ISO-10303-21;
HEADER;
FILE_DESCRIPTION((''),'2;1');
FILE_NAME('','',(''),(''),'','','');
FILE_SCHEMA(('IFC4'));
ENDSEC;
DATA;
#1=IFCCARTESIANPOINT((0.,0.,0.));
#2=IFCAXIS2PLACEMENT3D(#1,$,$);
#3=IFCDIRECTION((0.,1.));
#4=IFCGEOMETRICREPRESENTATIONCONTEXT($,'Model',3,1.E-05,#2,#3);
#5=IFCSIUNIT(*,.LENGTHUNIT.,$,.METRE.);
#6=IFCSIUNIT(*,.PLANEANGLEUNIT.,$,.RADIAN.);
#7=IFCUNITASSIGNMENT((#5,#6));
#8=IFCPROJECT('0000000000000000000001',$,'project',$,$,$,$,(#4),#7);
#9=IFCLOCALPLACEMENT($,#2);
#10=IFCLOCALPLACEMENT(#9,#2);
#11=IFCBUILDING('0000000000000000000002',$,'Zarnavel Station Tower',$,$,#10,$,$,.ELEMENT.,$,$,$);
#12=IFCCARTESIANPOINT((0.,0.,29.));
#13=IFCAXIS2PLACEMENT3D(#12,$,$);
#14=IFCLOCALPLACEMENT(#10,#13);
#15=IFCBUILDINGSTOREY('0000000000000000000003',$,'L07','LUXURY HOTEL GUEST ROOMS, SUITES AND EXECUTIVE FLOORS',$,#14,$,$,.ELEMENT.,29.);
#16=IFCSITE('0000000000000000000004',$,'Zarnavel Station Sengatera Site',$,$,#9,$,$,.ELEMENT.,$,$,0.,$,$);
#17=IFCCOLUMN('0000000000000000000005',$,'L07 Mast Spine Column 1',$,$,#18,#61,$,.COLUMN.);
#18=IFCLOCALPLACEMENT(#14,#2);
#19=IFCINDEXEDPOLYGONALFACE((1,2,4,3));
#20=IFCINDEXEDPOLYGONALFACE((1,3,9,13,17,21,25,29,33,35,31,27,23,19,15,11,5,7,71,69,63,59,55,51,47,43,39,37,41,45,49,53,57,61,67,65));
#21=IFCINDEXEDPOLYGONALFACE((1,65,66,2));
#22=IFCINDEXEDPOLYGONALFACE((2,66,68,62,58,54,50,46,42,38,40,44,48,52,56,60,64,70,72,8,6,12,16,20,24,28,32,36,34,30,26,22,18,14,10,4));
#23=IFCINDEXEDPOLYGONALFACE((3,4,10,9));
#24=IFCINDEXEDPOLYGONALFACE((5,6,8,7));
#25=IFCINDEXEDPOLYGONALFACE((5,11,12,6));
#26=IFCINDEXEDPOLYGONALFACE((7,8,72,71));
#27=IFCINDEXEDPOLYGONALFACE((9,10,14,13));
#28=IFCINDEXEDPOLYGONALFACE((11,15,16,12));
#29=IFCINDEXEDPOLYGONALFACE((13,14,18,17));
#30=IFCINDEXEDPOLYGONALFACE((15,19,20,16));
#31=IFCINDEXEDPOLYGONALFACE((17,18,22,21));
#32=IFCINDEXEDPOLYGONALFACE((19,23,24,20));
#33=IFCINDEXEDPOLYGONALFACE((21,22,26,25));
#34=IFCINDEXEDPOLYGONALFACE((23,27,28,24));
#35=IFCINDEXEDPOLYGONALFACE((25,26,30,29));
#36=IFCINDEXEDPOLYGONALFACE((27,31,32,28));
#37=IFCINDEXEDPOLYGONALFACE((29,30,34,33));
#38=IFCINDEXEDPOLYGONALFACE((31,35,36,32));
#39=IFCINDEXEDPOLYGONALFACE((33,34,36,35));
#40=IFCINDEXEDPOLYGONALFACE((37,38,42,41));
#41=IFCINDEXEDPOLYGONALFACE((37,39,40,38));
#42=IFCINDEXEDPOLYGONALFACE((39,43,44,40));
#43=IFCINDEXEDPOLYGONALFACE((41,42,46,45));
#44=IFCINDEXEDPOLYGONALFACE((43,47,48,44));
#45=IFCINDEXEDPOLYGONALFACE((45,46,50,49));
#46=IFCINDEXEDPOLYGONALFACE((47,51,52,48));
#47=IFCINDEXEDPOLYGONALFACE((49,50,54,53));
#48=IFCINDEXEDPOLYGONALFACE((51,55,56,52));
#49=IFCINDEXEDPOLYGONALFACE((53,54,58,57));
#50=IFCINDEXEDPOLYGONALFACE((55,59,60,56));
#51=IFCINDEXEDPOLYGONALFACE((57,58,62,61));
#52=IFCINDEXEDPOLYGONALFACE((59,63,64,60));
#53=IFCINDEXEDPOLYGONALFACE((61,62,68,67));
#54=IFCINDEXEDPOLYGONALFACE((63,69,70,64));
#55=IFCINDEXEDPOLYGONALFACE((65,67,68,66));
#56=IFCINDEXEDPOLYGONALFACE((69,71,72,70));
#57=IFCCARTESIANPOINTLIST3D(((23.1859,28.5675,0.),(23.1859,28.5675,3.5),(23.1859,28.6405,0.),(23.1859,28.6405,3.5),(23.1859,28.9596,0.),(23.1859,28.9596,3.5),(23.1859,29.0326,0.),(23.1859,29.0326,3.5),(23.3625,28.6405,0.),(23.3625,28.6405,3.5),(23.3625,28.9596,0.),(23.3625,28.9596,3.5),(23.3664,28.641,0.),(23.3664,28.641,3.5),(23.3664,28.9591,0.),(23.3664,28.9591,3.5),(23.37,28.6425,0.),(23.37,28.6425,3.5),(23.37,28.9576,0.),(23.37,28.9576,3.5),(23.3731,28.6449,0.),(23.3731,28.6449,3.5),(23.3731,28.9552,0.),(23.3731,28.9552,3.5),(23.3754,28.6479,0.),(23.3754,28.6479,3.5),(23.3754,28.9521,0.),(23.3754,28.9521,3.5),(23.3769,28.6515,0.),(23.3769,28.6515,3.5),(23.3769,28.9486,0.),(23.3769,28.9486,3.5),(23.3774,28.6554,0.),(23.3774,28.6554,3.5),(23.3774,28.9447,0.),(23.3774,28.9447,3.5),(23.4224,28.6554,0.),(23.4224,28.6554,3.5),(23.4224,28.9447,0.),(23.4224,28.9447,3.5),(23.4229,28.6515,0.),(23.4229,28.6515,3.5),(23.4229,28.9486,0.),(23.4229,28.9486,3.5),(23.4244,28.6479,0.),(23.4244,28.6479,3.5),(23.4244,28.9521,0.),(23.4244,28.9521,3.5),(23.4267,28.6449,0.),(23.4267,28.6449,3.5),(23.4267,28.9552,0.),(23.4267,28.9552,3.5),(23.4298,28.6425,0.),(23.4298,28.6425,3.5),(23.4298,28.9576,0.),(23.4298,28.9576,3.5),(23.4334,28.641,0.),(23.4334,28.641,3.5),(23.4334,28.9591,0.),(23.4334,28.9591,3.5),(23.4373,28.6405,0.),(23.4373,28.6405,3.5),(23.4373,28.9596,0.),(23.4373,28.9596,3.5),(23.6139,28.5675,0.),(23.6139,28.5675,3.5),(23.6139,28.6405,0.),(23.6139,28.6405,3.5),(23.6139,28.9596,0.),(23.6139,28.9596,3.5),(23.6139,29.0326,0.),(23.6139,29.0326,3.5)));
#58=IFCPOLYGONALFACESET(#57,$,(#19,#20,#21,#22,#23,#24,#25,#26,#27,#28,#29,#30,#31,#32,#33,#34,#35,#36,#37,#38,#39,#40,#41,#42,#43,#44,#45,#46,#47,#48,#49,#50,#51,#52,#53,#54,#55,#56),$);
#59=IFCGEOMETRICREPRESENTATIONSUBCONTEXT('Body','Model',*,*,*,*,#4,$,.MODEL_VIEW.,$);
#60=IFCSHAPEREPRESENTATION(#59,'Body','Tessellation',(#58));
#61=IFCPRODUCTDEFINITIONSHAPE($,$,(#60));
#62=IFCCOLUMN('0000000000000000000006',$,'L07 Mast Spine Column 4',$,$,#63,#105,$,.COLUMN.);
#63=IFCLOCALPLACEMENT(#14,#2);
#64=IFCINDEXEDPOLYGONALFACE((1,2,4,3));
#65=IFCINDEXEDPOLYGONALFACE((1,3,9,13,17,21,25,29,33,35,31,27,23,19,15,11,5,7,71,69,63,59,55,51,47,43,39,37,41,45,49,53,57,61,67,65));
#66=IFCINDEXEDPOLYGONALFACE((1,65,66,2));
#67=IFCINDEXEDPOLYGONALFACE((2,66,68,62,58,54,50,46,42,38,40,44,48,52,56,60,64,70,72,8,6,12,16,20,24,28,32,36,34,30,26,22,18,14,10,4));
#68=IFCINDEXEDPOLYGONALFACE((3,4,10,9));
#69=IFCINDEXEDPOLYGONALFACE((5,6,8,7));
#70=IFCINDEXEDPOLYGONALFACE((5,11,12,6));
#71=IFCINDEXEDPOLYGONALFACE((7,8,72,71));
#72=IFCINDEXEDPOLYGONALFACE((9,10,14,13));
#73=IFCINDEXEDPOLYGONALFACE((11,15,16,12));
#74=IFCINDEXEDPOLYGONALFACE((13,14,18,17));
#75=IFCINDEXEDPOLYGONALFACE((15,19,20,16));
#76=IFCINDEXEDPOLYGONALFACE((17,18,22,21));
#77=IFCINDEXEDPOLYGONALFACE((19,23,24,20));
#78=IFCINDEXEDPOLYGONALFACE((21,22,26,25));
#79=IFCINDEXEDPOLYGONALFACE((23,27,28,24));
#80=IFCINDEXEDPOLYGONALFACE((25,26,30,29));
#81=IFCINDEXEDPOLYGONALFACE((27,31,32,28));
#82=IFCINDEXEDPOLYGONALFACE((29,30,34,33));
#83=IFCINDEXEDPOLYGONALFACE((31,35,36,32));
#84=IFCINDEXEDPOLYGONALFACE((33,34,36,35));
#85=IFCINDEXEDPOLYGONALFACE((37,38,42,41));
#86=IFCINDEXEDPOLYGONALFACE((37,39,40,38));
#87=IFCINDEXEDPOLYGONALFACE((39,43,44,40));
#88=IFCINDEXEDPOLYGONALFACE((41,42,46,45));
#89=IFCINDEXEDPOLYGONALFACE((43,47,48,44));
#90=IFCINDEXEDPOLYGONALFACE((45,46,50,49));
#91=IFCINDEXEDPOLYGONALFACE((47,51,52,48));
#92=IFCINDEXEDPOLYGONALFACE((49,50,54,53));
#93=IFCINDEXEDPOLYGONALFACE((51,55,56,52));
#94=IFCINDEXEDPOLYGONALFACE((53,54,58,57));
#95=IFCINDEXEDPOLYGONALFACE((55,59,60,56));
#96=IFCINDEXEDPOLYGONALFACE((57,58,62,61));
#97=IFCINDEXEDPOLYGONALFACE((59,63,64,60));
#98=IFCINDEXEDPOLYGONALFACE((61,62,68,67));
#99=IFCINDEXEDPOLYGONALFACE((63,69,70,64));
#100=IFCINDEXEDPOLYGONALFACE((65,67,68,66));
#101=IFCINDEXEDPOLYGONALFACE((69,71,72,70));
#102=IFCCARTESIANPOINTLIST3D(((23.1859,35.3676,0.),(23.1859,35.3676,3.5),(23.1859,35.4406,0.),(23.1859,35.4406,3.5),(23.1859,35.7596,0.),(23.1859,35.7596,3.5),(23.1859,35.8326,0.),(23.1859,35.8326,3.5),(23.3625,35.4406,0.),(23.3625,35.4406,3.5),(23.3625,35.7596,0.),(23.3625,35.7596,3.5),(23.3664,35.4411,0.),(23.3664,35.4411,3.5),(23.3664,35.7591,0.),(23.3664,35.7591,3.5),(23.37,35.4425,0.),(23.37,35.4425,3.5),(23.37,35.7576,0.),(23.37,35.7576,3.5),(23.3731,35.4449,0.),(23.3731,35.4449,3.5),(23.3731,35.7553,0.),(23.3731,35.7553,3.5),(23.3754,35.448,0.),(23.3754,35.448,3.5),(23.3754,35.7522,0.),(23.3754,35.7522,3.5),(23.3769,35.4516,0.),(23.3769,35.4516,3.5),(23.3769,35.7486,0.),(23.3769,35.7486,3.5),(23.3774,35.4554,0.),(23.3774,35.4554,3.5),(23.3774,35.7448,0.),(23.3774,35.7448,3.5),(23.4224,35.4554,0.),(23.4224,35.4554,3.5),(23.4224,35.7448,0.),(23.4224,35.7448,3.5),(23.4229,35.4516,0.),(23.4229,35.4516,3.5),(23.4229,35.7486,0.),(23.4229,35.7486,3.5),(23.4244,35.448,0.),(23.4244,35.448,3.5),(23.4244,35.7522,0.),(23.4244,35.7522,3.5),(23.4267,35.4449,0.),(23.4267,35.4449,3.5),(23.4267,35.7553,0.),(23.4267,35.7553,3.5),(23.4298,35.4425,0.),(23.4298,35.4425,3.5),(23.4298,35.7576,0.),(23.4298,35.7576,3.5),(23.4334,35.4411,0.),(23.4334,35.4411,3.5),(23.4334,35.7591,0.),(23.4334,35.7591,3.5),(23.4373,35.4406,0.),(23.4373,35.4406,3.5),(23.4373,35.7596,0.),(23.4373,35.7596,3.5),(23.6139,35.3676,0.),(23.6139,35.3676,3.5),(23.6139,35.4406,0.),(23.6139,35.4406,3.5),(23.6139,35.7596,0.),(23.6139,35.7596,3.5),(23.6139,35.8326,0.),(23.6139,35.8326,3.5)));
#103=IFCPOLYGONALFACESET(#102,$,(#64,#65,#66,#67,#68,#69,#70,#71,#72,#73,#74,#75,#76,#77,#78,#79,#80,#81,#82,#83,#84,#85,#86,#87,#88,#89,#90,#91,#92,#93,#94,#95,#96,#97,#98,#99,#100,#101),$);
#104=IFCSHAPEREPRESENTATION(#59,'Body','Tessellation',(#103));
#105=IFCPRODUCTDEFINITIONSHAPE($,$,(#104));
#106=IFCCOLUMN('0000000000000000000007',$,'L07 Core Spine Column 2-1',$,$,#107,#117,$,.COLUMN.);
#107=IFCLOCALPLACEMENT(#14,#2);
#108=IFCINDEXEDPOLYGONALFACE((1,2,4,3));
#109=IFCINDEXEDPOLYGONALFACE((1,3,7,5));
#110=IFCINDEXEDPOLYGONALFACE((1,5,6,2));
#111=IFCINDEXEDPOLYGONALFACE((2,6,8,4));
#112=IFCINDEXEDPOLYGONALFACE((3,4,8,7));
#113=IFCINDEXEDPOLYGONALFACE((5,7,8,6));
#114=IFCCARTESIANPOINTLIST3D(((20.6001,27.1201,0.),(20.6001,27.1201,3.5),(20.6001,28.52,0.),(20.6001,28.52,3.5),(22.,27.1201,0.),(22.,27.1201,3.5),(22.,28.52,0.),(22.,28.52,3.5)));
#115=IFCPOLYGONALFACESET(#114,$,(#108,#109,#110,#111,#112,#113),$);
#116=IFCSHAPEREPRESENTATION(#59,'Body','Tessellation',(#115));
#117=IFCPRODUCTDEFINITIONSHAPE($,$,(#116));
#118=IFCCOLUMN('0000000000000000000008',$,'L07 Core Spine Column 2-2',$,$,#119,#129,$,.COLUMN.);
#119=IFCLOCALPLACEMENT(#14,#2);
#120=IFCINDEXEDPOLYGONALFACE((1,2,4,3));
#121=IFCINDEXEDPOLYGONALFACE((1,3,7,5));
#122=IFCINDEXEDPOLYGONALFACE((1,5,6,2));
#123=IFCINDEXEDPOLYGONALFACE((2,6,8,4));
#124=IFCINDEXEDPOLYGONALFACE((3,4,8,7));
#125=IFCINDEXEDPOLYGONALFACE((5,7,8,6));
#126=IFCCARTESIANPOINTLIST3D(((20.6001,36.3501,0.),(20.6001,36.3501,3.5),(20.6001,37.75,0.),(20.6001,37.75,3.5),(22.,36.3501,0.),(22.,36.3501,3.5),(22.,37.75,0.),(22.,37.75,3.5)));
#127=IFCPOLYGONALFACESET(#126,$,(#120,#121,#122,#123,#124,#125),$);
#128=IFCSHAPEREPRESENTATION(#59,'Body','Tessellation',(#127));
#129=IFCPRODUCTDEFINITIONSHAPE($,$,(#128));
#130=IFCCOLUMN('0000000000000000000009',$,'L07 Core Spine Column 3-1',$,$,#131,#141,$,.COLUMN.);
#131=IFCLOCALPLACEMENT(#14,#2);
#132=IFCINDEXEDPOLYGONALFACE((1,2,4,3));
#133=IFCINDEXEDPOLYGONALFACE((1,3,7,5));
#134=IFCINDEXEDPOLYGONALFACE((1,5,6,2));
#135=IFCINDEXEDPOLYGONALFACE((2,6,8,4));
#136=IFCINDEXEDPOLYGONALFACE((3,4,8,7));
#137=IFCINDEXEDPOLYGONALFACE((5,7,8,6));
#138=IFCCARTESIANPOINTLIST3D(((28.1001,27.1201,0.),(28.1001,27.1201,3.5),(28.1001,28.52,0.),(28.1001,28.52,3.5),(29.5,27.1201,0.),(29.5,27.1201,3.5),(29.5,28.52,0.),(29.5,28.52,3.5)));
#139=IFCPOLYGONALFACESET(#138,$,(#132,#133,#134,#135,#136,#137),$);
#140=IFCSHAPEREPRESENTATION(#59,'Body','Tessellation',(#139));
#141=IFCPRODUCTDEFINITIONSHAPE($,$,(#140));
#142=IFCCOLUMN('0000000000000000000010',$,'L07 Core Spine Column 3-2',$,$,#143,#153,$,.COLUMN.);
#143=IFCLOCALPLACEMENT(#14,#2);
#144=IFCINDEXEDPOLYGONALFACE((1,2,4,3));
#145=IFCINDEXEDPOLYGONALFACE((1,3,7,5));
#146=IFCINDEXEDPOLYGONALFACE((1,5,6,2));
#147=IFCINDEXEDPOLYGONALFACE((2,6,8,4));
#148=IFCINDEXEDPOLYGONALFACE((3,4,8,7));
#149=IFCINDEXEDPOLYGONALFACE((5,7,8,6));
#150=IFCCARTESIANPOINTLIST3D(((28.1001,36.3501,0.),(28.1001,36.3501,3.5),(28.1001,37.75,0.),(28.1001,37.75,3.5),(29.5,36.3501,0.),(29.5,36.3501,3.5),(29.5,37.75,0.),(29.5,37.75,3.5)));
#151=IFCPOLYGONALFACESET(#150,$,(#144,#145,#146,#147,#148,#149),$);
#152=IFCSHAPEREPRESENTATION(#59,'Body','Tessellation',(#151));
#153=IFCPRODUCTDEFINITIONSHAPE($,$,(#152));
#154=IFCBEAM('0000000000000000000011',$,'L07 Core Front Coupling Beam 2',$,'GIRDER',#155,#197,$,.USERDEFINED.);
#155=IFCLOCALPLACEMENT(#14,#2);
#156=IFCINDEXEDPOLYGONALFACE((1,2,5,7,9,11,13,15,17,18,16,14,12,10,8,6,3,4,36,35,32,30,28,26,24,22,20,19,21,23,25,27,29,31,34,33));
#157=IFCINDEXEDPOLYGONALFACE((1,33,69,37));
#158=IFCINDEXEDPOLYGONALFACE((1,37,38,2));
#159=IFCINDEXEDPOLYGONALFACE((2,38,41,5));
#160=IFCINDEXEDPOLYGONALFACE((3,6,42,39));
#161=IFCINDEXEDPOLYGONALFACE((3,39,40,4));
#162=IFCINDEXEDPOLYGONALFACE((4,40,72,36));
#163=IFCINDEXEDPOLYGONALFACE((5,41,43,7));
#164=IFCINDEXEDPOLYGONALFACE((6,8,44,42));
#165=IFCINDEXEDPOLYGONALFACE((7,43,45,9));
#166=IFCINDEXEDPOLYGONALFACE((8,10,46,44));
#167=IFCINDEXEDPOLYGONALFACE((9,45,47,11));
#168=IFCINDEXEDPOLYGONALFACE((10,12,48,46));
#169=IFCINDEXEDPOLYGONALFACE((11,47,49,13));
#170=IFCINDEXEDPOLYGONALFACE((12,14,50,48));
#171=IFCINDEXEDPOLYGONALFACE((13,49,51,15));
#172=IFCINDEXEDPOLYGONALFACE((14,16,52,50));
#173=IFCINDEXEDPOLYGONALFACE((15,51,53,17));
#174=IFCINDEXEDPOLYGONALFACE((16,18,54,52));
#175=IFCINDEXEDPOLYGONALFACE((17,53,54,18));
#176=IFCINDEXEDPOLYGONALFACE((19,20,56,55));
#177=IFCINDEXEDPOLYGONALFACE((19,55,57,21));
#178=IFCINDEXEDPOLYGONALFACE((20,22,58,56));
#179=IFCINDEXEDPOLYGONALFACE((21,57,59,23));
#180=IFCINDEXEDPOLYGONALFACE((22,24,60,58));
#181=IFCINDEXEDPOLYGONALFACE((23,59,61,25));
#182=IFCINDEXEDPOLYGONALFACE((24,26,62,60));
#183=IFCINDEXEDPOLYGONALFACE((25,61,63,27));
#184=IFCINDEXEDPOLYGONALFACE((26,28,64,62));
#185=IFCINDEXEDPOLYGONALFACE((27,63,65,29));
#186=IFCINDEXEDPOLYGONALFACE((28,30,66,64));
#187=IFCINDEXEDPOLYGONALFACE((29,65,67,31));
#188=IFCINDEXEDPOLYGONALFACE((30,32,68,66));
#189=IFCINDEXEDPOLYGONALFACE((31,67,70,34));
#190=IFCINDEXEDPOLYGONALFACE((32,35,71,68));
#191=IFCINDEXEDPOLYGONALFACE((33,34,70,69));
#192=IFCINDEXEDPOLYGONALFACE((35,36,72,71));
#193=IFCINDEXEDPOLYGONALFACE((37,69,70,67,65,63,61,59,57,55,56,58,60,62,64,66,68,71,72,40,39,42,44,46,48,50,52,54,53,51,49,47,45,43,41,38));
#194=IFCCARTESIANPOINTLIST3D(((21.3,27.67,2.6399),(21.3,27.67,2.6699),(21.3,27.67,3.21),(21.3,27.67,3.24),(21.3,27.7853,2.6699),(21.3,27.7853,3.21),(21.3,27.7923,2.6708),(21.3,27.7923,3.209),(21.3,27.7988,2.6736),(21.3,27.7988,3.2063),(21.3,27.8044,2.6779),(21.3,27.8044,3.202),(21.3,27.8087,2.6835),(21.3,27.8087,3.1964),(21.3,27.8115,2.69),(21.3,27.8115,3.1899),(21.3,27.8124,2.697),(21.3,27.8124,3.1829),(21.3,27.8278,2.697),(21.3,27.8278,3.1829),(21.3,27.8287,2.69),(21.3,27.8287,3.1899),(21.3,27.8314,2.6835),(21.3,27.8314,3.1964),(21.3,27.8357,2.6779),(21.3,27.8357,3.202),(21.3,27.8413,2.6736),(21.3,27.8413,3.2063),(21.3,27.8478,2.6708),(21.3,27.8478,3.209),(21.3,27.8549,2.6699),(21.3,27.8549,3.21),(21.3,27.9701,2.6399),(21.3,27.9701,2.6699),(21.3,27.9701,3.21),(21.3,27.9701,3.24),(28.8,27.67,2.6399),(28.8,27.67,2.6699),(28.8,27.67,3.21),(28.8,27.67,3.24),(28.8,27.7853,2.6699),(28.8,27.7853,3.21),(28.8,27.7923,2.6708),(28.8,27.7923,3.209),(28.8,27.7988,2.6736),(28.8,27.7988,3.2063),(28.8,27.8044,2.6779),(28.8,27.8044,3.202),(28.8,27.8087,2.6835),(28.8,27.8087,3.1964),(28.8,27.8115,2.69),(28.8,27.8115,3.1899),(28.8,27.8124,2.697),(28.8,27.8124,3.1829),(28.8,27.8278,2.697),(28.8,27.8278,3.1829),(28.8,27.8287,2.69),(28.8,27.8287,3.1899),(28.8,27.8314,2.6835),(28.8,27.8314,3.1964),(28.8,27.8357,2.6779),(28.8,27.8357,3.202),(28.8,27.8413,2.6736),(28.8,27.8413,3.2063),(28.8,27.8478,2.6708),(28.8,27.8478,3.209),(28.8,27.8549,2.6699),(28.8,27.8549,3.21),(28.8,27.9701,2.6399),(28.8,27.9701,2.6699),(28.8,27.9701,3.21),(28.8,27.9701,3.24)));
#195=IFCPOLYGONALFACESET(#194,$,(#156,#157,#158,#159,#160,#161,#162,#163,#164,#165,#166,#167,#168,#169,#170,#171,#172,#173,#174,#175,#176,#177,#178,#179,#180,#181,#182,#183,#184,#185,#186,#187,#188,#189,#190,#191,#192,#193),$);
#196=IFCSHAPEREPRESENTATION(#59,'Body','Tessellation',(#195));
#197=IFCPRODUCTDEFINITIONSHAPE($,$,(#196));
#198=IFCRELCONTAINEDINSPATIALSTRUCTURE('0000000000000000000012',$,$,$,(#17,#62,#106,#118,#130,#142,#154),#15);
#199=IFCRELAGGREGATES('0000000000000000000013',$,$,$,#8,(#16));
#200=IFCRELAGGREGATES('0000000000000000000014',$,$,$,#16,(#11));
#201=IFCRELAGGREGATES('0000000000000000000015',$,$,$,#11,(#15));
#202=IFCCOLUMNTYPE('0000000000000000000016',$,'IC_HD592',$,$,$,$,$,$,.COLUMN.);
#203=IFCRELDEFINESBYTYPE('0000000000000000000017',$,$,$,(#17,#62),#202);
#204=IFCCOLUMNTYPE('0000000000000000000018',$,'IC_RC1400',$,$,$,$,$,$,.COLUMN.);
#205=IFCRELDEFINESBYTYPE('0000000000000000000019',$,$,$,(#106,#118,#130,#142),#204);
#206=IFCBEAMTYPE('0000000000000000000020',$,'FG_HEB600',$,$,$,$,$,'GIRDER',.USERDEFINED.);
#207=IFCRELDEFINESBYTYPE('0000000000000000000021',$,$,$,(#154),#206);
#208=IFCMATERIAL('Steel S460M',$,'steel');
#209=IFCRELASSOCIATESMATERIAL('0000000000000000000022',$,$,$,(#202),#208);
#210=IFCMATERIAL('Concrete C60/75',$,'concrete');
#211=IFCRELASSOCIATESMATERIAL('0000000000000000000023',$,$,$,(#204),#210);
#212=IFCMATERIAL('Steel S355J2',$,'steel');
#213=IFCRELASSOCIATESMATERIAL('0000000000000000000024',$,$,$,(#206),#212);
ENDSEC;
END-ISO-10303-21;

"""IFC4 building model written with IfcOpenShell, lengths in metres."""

from ifc_helpers import new_model, si_unit, direction, frame, origin, origin_2d, place, context, subcontext, project, spatial, rectangle, i_section, extrude, material, material_profile, profile_set, type_object, element, save


model = new_model("IFC4")

# Units and contexts
model_context = context("Model", 3, precision=1e-05, world=origin(), true_north=direction((0.0, 1.0)))
body_context = subcontext(model_context, "Body", "Model", "MODEL_VIEW")
ifc_project = project(units=[si_unit("LENGTHUNIT", "METRE"), si_unit("PLANEANGLEUNIT", "RADIAN")], contexts=[model_context])

# Site, building, storey
site_placement = place(None, origin())
site = spatial("IfcSite", under=ifc_project, at=site_placement, Name="Zarnavel Station Sengatera Site", CompositionType="ELEMENT", RefElevation=0.0)
building_placement = place(site_placement, origin())
building = spatial("IfcBuilding", under=site, at=building_placement, Name="Zarnavel Station Tower", CompositionType="ELEMENT")
storey_placement = place(building_placement, frame((0.0, 0.0, 29.0)))
storey = spatial("IfcBuildingStorey", under=building, at=storey_placement, Name="L07", Description="LUXURY HOTEL GUEST ROOMS, SUITES AND EXECUTIVE FLOORS", CompositionType="ELEMENT", Elevation=29.0)

# Columns
ifc_material_1 = material(Name="Steel S460M", Category="steel")
ifc_material_profile_1 = material_profile(ifc_material_1, i_section(OverallWidth=0.428, OverallDepth=0.4651, WebThickness=0.0449, FlangeThickness=0.073, FilletRadius=0.0149, at=origin_2d()), Name="HD400x592")
ifc_profile_set_1 = profile_set([ifc_material_profile_1], Name="Steel S460M")
column_type_1 = type_object("IfcColumnType", Name="IC_HD592", PredefinedType="COLUMN", material=ifc_profile_set_1)
for number, where, z_axis, x_axis, name in (
    (1, (23.3999, 28.8, 0.0), (0.0, 0.0, 1.0), (1.0, 0.0, 0.0), "L07 Mast Spine Column 1"),
    (2, (23.3999, 35.6001, 0.0), (0.0, 0.0, 1.0), (1.0, 0.0, 0.0), "L07 Mast Spine Column 4"),
):
    element("IfcColumn", number, at=place(storey_placement, frame(where, z_axis=z_axis, x_axis=x_axis)), inside=storey, type_object=column_type_1, Name=name, PredefinedType="COLUMN", context=body_context, shape_type="SweptSolid", body=[
        extrude(i_section(OverallWidth=0.428, OverallDepth=0.4651, WebThickness=0.0449, FlangeThickness=0.073, FilletRadius=0.0149, at=origin_2d()), origin(), (0.0, 0.0, 1.0), 3.5),
    ])
ifc_material_2 = material(Name="Concrete C60/75", Category="concrete")
ifc_material_profile_2 = material_profile(ifc_material_2, rectangle(XDim=1.3999, YDim=1.3999, at=origin_2d()), Name="RC1400x1400")
ifc_profile_set_2 = profile_set([ifc_material_profile_2], Name="Concrete C60/75")
column_type_2 = type_object("IfcColumnType", Name="IC_RC1400", PredefinedType="COLUMN", material=ifc_profile_set_2)
for number, where, z_axis, x_axis, name in (
    (3, (21.3, 27.8201, 0.0), (0.0, 0.0, 1.0), (1.0, 0.0, 0.0), "L07 Core Spine Column 2-1"),
    (4, (21.3, 37.05, 0.0), (0.0, 0.0, 1.0), (1.0, 0.0, 0.0), "L07 Core Spine Column 2-2"),
    (5, (28.8, 27.8201, 0.0), (0.0, 0.0, 1.0), (1.0, 0.0, 0.0), "L07 Core Spine Column 3-1"),
    (6, (28.8, 37.05, 0.0), (0.0, 0.0, 1.0), (1.0, 0.0, 0.0), "L07 Core Spine Column 3-2"),
):
    element("IfcColumn", number, at=place(storey_placement, frame(where, z_axis=z_axis, x_axis=x_axis)), inside=storey, type_object=column_type_2, Name=name, PredefinedType="COLUMN", context=body_context, shape_type="SweptSolid", body=[
        extrude(rectangle(XDim=1.3999, YDim=1.3999, at=origin_2d()), origin(), (0.0, 0.0, 1.0), 3.5),
    ])

# Beam
ifc_material_3 = material(Name="Steel S355J2", Category="steel")
ifc_material_profile_3 = material_profile(ifc_material_3, i_section(OverallWidth=0.3, OverallDepth=0.6001, WebThickness=0.0154, FlangeThickness=0.03, FilletRadius=0.0271, at=origin_2d()), Name="HEB600")
ifc_profile_set_3 = profile_set([ifc_material_profile_3], Name="Steel S355J2")
beam_type_1 = type_object("IfcBeamType", Name="FG_HEB600", ElementType="GIRDER", PredefinedType="USERDEFINED", material=ifc_profile_set_3)
beam_1_placement = place(storey_placement, frame((21.3, 27.8201, 2.9399), z_axis=(1.0, 0.0, 0.0), x_axis=(0.0, 1.0, 0.0)))
element("IfcBeam", 7, at=beam_1_placement, inside=storey, type_object=beam_type_1, Name="L07 Core Front Coupling Beam 2", ObjectType="GIRDER", PredefinedType="USERDEFINED", context=body_context, shape_type="SweptSolid", body=[
    extrude(i_section(OverallWidth=0.3, OverallDepth=0.6001, WebThickness=0.0154, FlangeThickness=0.03, FilletRadius=0.0271, at=origin_2d()), origin(), (0.0, 0.0, 1.0), 7.5),
])

save(model, "model.ifc")
